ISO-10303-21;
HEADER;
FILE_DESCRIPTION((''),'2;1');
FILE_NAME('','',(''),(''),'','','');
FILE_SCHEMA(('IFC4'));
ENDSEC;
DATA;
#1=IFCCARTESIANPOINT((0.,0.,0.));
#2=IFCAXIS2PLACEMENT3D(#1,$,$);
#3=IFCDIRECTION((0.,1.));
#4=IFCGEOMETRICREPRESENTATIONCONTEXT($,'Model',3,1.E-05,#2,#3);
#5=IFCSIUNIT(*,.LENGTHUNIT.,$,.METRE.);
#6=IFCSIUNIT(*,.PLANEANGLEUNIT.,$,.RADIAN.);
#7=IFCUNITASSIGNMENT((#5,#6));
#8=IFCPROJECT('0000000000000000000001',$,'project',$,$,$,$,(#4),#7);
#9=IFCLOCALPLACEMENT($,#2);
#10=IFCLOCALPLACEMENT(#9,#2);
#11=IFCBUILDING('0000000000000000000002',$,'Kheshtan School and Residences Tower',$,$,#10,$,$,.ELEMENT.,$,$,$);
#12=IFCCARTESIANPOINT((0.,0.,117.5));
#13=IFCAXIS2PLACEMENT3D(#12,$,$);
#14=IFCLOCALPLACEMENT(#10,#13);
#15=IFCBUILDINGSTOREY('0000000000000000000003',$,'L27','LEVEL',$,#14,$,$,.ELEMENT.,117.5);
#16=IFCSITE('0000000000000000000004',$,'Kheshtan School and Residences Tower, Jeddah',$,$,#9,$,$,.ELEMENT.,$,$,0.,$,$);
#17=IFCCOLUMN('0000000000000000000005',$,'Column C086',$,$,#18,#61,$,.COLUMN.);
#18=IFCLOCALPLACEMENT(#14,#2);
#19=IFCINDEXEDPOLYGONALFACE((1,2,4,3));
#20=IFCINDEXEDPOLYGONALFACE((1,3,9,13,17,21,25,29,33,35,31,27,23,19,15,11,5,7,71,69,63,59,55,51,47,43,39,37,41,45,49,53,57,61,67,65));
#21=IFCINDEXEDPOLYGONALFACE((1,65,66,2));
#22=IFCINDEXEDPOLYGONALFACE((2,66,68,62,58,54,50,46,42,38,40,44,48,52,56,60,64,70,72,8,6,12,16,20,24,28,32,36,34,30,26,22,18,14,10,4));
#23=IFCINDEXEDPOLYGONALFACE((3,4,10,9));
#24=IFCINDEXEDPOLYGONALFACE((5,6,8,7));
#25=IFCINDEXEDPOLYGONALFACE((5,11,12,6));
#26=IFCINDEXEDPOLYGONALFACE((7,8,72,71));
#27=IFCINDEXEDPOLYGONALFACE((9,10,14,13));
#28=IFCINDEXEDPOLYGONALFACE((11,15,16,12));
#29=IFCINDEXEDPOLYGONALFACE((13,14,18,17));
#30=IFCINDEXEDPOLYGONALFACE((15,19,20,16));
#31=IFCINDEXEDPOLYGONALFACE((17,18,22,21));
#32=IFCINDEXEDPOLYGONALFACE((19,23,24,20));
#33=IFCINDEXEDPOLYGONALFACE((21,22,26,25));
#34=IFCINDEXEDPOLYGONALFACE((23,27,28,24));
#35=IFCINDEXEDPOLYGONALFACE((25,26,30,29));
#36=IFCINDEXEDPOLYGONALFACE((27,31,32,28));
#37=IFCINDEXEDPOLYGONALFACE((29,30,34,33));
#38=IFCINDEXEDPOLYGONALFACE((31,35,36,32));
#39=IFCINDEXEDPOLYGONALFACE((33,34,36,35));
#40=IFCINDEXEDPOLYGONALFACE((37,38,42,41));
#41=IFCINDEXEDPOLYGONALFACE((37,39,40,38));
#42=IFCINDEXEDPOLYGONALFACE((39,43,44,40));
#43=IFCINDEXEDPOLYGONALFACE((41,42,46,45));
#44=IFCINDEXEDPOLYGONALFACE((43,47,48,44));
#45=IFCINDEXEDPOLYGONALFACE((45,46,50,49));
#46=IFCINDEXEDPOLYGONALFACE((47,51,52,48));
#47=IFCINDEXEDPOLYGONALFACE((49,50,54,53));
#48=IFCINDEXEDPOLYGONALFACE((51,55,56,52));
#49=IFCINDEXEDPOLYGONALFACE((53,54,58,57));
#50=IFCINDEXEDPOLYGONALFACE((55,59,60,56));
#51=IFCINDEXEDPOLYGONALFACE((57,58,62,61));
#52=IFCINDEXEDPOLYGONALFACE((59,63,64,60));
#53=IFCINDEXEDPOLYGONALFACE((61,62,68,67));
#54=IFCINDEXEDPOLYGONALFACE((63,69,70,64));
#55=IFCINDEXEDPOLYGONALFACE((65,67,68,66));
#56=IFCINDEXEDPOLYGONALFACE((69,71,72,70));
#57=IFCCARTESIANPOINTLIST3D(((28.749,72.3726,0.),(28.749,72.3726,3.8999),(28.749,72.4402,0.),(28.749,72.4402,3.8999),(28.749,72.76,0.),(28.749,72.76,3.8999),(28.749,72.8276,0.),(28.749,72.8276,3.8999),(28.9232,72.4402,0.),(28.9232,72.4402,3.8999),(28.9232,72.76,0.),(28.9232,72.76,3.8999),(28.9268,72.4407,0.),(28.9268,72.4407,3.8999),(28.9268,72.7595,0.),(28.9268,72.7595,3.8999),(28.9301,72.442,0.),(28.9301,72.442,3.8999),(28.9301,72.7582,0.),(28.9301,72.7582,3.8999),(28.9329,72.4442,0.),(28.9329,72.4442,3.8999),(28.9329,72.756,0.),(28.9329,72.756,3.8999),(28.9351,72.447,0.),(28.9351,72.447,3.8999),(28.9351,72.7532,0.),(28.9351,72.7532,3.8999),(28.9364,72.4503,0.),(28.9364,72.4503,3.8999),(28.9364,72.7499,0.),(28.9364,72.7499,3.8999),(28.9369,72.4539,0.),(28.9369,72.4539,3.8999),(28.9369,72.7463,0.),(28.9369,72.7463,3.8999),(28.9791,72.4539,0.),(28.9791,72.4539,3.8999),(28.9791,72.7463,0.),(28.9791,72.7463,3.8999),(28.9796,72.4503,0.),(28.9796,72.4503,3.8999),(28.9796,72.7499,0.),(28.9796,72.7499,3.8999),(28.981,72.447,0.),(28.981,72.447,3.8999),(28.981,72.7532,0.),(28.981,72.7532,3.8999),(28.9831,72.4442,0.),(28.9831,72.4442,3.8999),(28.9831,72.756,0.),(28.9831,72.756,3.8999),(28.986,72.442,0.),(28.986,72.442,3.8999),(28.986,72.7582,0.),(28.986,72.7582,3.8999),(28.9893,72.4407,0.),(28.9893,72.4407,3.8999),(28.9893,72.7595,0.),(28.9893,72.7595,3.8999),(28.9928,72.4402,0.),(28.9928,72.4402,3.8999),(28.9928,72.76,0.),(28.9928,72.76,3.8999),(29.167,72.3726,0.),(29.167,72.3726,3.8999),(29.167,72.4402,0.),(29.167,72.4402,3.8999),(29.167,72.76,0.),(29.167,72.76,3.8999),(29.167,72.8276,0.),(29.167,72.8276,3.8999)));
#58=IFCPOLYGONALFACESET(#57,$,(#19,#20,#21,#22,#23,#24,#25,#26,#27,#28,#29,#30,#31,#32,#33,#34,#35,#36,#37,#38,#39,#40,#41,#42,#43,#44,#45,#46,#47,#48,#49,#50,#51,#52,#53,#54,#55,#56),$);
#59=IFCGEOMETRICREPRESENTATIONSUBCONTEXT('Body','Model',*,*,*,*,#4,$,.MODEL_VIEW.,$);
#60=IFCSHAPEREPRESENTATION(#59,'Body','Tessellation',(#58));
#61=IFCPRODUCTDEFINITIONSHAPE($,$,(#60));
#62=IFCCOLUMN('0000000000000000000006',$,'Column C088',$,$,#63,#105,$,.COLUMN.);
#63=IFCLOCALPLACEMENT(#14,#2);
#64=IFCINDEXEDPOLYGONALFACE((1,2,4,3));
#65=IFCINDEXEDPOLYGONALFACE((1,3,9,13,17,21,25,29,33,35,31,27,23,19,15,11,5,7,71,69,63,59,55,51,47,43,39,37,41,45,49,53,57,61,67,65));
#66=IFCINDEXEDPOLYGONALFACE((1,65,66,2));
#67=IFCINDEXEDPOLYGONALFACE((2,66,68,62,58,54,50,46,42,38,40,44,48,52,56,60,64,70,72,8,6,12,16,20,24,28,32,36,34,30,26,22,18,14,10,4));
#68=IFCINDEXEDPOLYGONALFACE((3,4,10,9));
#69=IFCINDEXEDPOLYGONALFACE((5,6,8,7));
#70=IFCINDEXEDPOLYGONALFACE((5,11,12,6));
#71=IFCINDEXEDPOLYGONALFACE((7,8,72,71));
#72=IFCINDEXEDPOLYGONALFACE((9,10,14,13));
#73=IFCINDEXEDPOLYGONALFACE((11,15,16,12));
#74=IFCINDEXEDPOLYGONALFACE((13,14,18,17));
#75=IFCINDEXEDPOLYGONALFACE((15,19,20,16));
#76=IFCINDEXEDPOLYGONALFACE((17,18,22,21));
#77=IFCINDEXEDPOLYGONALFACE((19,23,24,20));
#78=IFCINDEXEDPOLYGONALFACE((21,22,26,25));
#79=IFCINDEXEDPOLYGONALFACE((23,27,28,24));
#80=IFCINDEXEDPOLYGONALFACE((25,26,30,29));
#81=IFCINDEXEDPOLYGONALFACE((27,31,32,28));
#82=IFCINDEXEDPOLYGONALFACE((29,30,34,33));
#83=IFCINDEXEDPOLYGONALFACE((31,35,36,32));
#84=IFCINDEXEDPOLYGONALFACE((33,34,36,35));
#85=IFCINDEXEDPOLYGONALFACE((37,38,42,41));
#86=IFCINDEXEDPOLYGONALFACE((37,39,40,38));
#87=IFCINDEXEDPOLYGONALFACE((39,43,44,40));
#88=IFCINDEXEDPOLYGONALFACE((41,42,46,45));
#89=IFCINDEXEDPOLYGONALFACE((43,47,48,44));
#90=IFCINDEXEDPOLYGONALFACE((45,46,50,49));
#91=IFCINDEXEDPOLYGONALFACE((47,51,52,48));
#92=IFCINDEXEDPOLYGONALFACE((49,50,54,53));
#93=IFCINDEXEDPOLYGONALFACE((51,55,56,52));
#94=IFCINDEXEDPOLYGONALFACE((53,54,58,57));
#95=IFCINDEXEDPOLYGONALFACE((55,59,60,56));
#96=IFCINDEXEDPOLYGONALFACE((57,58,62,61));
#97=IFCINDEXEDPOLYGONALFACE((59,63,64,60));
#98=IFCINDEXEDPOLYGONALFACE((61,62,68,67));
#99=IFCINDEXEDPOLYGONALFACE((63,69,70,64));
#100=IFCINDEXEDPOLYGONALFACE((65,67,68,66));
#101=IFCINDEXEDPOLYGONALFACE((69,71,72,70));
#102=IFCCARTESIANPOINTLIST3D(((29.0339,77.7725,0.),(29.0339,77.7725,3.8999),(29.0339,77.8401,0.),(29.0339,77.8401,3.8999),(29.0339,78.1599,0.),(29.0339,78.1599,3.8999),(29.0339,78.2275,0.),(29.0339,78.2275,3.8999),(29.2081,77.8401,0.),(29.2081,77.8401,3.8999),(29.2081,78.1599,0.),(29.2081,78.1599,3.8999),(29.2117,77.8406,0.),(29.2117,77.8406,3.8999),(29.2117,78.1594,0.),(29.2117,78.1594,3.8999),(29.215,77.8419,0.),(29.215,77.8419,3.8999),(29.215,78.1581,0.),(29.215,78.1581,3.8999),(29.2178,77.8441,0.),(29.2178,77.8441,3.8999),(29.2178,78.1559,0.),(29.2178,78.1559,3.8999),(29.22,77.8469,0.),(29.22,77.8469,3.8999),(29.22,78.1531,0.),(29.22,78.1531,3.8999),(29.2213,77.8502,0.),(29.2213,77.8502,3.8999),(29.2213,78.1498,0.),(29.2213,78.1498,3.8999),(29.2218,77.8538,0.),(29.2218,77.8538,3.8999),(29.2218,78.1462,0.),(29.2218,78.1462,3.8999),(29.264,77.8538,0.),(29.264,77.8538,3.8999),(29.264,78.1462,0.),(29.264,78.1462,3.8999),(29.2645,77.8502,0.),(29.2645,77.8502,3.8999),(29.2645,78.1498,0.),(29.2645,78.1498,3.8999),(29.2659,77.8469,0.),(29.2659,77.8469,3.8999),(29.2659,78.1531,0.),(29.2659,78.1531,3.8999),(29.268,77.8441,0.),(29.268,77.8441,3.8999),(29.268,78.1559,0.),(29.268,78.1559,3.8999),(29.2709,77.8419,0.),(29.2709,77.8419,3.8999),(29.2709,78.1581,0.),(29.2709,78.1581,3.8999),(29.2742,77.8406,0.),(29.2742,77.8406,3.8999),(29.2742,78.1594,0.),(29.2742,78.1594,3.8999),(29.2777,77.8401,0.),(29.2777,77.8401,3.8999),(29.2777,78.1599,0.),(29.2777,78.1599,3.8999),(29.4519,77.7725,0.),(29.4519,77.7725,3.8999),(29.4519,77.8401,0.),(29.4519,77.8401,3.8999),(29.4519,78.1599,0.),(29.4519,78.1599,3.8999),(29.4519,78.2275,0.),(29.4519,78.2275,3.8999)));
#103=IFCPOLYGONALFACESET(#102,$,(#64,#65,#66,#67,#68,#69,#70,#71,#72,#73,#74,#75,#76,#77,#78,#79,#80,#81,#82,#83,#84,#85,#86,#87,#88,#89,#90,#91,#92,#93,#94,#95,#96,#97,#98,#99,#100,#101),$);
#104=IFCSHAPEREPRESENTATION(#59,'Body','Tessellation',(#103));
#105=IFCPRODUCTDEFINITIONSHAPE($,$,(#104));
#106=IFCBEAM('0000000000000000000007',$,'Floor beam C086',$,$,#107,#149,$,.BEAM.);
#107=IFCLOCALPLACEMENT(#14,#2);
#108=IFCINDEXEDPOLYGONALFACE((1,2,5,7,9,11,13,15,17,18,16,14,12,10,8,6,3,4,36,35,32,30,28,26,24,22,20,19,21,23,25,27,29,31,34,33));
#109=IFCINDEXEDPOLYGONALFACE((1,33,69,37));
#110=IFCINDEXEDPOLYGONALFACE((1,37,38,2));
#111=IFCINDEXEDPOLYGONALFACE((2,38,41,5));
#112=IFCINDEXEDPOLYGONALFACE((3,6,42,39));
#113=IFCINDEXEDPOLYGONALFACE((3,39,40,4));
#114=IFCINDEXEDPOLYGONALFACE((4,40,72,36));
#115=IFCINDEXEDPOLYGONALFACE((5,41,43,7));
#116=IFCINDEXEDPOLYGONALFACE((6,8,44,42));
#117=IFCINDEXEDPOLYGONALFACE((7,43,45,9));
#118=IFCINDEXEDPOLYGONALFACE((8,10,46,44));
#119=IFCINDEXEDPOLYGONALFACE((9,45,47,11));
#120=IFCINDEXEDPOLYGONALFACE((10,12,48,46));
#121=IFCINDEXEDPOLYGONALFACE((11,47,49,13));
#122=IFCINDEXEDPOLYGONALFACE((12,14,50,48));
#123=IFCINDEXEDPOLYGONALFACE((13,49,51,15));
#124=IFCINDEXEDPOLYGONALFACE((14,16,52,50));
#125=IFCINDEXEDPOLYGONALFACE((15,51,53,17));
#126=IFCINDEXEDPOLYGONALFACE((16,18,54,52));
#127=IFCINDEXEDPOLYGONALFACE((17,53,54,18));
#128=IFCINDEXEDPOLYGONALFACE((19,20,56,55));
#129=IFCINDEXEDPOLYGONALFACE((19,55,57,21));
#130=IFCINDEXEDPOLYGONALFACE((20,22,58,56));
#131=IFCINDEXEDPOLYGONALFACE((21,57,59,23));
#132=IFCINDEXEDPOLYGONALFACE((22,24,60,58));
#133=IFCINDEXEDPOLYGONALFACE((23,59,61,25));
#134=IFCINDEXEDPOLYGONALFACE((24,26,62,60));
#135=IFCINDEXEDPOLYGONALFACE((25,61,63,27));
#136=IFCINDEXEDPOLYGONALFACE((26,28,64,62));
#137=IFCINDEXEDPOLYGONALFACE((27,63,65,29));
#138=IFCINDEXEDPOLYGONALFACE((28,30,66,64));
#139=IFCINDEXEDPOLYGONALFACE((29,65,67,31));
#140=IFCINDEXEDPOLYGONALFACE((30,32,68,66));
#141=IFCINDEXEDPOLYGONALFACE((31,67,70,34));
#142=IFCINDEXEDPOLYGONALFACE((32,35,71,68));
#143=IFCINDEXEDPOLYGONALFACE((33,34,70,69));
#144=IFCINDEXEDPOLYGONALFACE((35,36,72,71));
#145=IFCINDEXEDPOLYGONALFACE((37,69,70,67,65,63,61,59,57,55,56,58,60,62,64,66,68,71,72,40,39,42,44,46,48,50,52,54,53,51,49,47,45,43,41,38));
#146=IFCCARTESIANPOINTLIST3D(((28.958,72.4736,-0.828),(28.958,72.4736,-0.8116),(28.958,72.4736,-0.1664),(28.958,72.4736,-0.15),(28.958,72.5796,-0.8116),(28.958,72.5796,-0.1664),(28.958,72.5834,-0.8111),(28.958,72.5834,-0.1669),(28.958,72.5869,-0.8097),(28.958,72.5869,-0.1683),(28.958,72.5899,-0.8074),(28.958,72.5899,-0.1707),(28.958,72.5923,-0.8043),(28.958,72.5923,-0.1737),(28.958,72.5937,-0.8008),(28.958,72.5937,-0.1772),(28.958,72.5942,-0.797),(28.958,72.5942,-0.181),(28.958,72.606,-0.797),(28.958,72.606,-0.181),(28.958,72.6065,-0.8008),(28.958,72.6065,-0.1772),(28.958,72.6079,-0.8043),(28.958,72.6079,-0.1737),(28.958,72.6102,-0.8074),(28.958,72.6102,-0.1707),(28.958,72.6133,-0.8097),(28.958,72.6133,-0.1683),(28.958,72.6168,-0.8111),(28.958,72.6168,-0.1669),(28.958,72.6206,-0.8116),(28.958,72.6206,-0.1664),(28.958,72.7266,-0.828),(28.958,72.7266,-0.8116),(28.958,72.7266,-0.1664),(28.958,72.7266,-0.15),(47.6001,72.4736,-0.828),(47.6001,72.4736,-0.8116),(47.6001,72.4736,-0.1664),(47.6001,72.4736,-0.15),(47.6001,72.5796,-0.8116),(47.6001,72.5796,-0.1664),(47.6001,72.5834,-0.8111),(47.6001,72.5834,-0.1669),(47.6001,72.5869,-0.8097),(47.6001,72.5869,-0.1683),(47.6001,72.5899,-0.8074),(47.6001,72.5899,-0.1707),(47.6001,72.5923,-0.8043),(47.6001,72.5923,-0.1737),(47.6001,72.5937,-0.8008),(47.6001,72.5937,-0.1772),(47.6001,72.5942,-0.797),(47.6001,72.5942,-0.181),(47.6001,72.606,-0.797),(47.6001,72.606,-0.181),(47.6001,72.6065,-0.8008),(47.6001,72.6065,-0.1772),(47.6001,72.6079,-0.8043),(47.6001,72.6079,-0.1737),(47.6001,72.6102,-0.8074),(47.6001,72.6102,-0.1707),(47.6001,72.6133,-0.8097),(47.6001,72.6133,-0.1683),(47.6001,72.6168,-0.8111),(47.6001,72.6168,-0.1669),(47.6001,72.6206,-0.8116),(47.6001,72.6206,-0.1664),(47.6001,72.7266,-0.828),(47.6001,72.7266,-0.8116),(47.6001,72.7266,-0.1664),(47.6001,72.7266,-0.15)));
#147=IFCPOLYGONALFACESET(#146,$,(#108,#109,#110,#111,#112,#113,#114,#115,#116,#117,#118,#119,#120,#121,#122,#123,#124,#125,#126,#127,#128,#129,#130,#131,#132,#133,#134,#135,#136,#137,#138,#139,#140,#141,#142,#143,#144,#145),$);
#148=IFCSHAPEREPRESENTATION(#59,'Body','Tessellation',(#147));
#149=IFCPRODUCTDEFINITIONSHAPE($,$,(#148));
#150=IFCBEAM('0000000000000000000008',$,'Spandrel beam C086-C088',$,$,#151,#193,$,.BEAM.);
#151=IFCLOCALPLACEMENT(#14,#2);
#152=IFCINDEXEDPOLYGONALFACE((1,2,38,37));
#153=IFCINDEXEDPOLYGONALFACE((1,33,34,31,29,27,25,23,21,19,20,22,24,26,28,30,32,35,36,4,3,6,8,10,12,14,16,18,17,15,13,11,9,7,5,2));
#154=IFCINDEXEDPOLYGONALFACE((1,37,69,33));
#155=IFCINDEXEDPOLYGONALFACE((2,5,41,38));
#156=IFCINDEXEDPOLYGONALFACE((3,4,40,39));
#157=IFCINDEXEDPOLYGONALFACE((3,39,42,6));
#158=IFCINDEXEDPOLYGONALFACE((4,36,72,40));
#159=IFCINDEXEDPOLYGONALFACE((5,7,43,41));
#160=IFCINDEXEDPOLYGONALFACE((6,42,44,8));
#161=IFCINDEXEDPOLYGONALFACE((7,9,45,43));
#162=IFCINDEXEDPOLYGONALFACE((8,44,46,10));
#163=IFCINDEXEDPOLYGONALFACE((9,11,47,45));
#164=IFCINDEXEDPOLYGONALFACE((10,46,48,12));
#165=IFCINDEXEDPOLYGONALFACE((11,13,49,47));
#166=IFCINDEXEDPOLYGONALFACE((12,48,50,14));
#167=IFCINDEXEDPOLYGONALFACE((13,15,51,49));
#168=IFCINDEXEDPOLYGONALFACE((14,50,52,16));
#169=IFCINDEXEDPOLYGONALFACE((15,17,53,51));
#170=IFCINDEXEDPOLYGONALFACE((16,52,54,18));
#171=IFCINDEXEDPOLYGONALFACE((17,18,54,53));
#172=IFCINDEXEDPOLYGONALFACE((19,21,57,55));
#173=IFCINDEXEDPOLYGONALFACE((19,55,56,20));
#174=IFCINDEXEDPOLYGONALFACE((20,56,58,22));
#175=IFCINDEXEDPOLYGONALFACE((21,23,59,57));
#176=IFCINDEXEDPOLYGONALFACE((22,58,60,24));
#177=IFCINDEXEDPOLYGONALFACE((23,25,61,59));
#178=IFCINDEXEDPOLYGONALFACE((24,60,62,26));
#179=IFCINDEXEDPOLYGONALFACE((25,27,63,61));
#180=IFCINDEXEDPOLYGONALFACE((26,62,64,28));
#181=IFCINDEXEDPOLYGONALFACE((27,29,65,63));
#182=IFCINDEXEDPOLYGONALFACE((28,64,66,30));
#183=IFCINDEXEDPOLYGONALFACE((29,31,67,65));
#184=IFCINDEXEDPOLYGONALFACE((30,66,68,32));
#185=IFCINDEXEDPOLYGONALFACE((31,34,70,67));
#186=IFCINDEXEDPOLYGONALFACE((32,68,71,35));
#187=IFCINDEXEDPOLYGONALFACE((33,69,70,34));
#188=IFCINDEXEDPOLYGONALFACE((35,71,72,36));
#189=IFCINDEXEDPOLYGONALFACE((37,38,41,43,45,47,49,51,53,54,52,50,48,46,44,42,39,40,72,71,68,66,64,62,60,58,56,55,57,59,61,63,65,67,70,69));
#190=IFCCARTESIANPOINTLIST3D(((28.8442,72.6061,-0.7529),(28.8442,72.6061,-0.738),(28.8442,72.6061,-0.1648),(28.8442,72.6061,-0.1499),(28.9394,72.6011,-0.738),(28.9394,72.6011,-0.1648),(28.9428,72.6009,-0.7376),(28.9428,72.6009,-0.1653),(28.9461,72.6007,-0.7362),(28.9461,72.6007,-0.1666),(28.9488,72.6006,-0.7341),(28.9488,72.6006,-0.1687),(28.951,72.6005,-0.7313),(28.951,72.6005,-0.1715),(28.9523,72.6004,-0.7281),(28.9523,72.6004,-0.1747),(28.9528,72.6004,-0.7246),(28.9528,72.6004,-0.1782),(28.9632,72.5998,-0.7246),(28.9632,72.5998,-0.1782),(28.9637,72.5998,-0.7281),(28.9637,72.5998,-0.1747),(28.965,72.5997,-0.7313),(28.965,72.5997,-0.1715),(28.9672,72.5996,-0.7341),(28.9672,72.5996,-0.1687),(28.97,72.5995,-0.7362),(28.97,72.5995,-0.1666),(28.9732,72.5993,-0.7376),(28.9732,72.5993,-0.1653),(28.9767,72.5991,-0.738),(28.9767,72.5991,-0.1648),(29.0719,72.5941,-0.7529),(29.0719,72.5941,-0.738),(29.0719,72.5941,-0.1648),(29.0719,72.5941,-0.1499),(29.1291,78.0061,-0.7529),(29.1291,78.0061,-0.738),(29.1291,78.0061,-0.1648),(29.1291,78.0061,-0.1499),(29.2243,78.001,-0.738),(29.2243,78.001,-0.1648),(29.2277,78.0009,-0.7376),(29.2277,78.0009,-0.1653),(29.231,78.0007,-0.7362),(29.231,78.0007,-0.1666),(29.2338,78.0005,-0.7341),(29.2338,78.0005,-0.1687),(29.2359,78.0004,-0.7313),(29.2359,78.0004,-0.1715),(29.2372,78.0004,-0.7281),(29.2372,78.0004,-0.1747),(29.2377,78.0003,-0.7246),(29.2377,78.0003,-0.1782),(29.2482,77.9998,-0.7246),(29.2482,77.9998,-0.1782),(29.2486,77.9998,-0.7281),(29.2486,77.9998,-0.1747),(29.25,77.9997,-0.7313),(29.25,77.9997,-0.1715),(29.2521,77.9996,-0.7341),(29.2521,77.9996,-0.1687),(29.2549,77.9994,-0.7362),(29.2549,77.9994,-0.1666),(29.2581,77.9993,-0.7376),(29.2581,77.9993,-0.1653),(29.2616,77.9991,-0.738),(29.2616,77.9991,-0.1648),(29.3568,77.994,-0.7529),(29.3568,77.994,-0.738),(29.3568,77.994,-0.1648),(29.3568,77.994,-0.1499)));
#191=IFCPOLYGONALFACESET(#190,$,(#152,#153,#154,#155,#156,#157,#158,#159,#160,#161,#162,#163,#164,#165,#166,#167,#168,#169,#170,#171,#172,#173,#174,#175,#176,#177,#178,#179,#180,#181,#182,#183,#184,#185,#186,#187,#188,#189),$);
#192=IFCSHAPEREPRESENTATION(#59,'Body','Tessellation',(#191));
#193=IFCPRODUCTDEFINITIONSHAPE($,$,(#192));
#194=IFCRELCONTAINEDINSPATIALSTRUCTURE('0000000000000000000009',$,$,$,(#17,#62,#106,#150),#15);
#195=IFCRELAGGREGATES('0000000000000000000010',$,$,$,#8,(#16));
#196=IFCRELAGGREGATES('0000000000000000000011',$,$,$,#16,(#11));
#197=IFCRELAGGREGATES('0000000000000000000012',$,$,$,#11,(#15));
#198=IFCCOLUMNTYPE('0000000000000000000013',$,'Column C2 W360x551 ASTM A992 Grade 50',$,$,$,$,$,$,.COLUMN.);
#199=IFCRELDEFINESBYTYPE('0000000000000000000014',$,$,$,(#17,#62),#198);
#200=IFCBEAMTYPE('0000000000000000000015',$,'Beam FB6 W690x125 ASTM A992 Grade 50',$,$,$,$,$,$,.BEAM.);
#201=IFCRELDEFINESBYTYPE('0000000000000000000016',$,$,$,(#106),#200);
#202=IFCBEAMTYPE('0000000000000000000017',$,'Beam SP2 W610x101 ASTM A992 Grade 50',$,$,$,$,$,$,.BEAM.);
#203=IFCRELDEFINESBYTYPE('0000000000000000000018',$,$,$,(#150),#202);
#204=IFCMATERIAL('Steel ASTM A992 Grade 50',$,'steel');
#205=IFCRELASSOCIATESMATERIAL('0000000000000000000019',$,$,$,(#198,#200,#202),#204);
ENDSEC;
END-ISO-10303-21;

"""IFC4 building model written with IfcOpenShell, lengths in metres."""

from ifc_helpers import new_model, si_unit, direction, frame, origin, origin_2d, place, context, subcontext, project, spatial, i_section, extrude, material, material_profile, profile_set, type_object, element, save


model = new_model("IFC4")

# Units and contexts
model_context = context("Model", 3, precision=1e-05, world=origin(), true_north=direction((0.0, 1.0)))
body_context = subcontext(model_context, "Body", "Model", "MODEL_VIEW")
ifc_project = project(units=[si_unit("LENGTHUNIT", "METRE"), si_unit("PLANEANGLEUNIT", "RADIAN")], contexts=[model_context])

# Site, building, storey
site_placement = place(None, origin())
site = spatial("IfcSite", under=ifc_project, at=site_placement, Name="Kheshtan School and Residences Tower, Jeddah", CompositionType="ELEMENT", RefElevation=0.0)
building_placement = place(site_placement, origin())
building = spatial("IfcBuilding", under=site, at=building_placement, Name="Kheshtan School and Residences Tower", CompositionType="ELEMENT")
storey_placement = place(building_placement, frame((0.0, 0.0, 117.5)))
storey = spatial("IfcBuildingStorey", under=building, at=storey_placement, Name="L27", Description="LEVEL", CompositionType="ELEMENT", Elevation=117.5)

# Columns
ifc_material_1 = material(Name="Steel ASTM A992 Grade 50", Category="steel")
ifc_material_profile_1 = material_profile(ifc_material_1, i_section(OverallWidth=0.418, OverallDepth=0.4551, WebThickness=0.0422, FlangeThickness=0.0676, FilletRadius=0.0137, at=origin_2d()), Name="W360x551")
ifc_profile_set_1 = profile_set([ifc_material_profile_1], Name="Steel ASTM A992 Grade 50")
column_type = type_object("IfcColumnType", Name="Column C2 W360x551 ASTM A992 Grade 50", PredefinedType="COLUMN", material=ifc_profile_set_1)
for number, where, z_axis, x_axis, name in (
    (1, (28.958, 72.6001, 0.0), (0.0, 0.0, 1.0), (1.0, 0.0, 0.0), "Column C086"),
    (2, (29.2429, 78.0, 0.0), (0.0, 0.0, 1.0), (1.0, 0.0, 0.0), "Column C088"),
):
    element("IfcColumn", number, at=place(storey_placement, frame(where, z_axis=z_axis, x_axis=x_axis)), inside=storey, type_object=column_type, Name=name, PredefinedType="COLUMN", context=body_context, shape_type="SweptSolid", body=[
        extrude(i_section(OverallWidth=0.418, OverallDepth=0.4551, WebThickness=0.0422, FlangeThickness=0.0676, FilletRadius=0.0137, at=origin_2d()), origin(), (0.0, 0.0, 1.0), 3.8999),
    ])

# Beams
ifc_material_profile_2 = material_profile(ifc_material_1, i_section(OverallWidth=0.2529, OverallDepth=0.678, WebThickness=0.0117, FlangeThickness=0.0164, FilletRadius=0.0146, at=origin_2d()), Name="W690x125")
ifc_profile_set_2 = profile_set([ifc_material_profile_2], Name="Steel ASTM A992 Grade 50")
beam_type_1 = type_object("IfcBeamType", Name="Beam FB6 W690x125 ASTM A992 Grade 50", PredefinedType="BEAM", material=ifc_profile_set_2)
beam_placement = place(storey_placement, frame((28.958, 72.6001, -0.489), z_axis=(1.0, 0.0, 0.0), x_axis=(0.0, 1.0, 0.0)))
element("IfcBeam", 3, at=beam_placement, inside=storey, type_object=beam_type_1, Name="Floor beam C086", PredefinedType="BEAM", context=body_context, shape_type="SweptSolid", body=[
    extrude(i_section(OverallWidth=0.2529, OverallDepth=0.678, WebThickness=0.0117, FlangeThickness=0.0164, FilletRadius=0.0146, at=origin_2d()), origin(), (0.0, 0.0, 1.0), 18.6421),
])
ifc_material_profile_3 = material_profile(ifc_material_1, i_section(OverallWidth=0.228, OverallDepth=0.603, WebThickness=0.0105, FlangeThickness=0.0149, FilletRadius=0.0134, at=origin_2d()), Name="W610x101")
ifc_profile_set_3 = profile_set([ifc_material_profile_3], Name="Steel ASTM A992 Grade 50")
beam_type_2 = type_object("IfcBeamType", Name="Beam SP2 W610x101 ASTM A992 Grade 50", PredefinedType="BEAM", material=ifc_profile_set_3)
for number, where, z_axis, x_axis, name in (
    (4, (28.958, 72.6001, -0.4514), (0.052689, 0.998611, 0.0), (-0.998611, 0.052689, 0.0), "Spandrel beam C086-C088"),
):
    element("IfcBeam", number, at=place(storey_placement, frame(where, z_axis=z_axis, x_axis=x_axis)), inside=storey, type_object=beam_type_2, Name=name, PredefinedType="BEAM", context=body_context, shape_type="SweptSolid", body=[
        extrude(i_section(OverallWidth=0.228, OverallDepth=0.603, WebThickness=0.0105, FlangeThickness=0.0149, FilletRadius=0.0134, at=origin_2d()), origin(), (0.0, 0.0, 1.0), 5.4075),
    ])

save(model, "model.ifc")
